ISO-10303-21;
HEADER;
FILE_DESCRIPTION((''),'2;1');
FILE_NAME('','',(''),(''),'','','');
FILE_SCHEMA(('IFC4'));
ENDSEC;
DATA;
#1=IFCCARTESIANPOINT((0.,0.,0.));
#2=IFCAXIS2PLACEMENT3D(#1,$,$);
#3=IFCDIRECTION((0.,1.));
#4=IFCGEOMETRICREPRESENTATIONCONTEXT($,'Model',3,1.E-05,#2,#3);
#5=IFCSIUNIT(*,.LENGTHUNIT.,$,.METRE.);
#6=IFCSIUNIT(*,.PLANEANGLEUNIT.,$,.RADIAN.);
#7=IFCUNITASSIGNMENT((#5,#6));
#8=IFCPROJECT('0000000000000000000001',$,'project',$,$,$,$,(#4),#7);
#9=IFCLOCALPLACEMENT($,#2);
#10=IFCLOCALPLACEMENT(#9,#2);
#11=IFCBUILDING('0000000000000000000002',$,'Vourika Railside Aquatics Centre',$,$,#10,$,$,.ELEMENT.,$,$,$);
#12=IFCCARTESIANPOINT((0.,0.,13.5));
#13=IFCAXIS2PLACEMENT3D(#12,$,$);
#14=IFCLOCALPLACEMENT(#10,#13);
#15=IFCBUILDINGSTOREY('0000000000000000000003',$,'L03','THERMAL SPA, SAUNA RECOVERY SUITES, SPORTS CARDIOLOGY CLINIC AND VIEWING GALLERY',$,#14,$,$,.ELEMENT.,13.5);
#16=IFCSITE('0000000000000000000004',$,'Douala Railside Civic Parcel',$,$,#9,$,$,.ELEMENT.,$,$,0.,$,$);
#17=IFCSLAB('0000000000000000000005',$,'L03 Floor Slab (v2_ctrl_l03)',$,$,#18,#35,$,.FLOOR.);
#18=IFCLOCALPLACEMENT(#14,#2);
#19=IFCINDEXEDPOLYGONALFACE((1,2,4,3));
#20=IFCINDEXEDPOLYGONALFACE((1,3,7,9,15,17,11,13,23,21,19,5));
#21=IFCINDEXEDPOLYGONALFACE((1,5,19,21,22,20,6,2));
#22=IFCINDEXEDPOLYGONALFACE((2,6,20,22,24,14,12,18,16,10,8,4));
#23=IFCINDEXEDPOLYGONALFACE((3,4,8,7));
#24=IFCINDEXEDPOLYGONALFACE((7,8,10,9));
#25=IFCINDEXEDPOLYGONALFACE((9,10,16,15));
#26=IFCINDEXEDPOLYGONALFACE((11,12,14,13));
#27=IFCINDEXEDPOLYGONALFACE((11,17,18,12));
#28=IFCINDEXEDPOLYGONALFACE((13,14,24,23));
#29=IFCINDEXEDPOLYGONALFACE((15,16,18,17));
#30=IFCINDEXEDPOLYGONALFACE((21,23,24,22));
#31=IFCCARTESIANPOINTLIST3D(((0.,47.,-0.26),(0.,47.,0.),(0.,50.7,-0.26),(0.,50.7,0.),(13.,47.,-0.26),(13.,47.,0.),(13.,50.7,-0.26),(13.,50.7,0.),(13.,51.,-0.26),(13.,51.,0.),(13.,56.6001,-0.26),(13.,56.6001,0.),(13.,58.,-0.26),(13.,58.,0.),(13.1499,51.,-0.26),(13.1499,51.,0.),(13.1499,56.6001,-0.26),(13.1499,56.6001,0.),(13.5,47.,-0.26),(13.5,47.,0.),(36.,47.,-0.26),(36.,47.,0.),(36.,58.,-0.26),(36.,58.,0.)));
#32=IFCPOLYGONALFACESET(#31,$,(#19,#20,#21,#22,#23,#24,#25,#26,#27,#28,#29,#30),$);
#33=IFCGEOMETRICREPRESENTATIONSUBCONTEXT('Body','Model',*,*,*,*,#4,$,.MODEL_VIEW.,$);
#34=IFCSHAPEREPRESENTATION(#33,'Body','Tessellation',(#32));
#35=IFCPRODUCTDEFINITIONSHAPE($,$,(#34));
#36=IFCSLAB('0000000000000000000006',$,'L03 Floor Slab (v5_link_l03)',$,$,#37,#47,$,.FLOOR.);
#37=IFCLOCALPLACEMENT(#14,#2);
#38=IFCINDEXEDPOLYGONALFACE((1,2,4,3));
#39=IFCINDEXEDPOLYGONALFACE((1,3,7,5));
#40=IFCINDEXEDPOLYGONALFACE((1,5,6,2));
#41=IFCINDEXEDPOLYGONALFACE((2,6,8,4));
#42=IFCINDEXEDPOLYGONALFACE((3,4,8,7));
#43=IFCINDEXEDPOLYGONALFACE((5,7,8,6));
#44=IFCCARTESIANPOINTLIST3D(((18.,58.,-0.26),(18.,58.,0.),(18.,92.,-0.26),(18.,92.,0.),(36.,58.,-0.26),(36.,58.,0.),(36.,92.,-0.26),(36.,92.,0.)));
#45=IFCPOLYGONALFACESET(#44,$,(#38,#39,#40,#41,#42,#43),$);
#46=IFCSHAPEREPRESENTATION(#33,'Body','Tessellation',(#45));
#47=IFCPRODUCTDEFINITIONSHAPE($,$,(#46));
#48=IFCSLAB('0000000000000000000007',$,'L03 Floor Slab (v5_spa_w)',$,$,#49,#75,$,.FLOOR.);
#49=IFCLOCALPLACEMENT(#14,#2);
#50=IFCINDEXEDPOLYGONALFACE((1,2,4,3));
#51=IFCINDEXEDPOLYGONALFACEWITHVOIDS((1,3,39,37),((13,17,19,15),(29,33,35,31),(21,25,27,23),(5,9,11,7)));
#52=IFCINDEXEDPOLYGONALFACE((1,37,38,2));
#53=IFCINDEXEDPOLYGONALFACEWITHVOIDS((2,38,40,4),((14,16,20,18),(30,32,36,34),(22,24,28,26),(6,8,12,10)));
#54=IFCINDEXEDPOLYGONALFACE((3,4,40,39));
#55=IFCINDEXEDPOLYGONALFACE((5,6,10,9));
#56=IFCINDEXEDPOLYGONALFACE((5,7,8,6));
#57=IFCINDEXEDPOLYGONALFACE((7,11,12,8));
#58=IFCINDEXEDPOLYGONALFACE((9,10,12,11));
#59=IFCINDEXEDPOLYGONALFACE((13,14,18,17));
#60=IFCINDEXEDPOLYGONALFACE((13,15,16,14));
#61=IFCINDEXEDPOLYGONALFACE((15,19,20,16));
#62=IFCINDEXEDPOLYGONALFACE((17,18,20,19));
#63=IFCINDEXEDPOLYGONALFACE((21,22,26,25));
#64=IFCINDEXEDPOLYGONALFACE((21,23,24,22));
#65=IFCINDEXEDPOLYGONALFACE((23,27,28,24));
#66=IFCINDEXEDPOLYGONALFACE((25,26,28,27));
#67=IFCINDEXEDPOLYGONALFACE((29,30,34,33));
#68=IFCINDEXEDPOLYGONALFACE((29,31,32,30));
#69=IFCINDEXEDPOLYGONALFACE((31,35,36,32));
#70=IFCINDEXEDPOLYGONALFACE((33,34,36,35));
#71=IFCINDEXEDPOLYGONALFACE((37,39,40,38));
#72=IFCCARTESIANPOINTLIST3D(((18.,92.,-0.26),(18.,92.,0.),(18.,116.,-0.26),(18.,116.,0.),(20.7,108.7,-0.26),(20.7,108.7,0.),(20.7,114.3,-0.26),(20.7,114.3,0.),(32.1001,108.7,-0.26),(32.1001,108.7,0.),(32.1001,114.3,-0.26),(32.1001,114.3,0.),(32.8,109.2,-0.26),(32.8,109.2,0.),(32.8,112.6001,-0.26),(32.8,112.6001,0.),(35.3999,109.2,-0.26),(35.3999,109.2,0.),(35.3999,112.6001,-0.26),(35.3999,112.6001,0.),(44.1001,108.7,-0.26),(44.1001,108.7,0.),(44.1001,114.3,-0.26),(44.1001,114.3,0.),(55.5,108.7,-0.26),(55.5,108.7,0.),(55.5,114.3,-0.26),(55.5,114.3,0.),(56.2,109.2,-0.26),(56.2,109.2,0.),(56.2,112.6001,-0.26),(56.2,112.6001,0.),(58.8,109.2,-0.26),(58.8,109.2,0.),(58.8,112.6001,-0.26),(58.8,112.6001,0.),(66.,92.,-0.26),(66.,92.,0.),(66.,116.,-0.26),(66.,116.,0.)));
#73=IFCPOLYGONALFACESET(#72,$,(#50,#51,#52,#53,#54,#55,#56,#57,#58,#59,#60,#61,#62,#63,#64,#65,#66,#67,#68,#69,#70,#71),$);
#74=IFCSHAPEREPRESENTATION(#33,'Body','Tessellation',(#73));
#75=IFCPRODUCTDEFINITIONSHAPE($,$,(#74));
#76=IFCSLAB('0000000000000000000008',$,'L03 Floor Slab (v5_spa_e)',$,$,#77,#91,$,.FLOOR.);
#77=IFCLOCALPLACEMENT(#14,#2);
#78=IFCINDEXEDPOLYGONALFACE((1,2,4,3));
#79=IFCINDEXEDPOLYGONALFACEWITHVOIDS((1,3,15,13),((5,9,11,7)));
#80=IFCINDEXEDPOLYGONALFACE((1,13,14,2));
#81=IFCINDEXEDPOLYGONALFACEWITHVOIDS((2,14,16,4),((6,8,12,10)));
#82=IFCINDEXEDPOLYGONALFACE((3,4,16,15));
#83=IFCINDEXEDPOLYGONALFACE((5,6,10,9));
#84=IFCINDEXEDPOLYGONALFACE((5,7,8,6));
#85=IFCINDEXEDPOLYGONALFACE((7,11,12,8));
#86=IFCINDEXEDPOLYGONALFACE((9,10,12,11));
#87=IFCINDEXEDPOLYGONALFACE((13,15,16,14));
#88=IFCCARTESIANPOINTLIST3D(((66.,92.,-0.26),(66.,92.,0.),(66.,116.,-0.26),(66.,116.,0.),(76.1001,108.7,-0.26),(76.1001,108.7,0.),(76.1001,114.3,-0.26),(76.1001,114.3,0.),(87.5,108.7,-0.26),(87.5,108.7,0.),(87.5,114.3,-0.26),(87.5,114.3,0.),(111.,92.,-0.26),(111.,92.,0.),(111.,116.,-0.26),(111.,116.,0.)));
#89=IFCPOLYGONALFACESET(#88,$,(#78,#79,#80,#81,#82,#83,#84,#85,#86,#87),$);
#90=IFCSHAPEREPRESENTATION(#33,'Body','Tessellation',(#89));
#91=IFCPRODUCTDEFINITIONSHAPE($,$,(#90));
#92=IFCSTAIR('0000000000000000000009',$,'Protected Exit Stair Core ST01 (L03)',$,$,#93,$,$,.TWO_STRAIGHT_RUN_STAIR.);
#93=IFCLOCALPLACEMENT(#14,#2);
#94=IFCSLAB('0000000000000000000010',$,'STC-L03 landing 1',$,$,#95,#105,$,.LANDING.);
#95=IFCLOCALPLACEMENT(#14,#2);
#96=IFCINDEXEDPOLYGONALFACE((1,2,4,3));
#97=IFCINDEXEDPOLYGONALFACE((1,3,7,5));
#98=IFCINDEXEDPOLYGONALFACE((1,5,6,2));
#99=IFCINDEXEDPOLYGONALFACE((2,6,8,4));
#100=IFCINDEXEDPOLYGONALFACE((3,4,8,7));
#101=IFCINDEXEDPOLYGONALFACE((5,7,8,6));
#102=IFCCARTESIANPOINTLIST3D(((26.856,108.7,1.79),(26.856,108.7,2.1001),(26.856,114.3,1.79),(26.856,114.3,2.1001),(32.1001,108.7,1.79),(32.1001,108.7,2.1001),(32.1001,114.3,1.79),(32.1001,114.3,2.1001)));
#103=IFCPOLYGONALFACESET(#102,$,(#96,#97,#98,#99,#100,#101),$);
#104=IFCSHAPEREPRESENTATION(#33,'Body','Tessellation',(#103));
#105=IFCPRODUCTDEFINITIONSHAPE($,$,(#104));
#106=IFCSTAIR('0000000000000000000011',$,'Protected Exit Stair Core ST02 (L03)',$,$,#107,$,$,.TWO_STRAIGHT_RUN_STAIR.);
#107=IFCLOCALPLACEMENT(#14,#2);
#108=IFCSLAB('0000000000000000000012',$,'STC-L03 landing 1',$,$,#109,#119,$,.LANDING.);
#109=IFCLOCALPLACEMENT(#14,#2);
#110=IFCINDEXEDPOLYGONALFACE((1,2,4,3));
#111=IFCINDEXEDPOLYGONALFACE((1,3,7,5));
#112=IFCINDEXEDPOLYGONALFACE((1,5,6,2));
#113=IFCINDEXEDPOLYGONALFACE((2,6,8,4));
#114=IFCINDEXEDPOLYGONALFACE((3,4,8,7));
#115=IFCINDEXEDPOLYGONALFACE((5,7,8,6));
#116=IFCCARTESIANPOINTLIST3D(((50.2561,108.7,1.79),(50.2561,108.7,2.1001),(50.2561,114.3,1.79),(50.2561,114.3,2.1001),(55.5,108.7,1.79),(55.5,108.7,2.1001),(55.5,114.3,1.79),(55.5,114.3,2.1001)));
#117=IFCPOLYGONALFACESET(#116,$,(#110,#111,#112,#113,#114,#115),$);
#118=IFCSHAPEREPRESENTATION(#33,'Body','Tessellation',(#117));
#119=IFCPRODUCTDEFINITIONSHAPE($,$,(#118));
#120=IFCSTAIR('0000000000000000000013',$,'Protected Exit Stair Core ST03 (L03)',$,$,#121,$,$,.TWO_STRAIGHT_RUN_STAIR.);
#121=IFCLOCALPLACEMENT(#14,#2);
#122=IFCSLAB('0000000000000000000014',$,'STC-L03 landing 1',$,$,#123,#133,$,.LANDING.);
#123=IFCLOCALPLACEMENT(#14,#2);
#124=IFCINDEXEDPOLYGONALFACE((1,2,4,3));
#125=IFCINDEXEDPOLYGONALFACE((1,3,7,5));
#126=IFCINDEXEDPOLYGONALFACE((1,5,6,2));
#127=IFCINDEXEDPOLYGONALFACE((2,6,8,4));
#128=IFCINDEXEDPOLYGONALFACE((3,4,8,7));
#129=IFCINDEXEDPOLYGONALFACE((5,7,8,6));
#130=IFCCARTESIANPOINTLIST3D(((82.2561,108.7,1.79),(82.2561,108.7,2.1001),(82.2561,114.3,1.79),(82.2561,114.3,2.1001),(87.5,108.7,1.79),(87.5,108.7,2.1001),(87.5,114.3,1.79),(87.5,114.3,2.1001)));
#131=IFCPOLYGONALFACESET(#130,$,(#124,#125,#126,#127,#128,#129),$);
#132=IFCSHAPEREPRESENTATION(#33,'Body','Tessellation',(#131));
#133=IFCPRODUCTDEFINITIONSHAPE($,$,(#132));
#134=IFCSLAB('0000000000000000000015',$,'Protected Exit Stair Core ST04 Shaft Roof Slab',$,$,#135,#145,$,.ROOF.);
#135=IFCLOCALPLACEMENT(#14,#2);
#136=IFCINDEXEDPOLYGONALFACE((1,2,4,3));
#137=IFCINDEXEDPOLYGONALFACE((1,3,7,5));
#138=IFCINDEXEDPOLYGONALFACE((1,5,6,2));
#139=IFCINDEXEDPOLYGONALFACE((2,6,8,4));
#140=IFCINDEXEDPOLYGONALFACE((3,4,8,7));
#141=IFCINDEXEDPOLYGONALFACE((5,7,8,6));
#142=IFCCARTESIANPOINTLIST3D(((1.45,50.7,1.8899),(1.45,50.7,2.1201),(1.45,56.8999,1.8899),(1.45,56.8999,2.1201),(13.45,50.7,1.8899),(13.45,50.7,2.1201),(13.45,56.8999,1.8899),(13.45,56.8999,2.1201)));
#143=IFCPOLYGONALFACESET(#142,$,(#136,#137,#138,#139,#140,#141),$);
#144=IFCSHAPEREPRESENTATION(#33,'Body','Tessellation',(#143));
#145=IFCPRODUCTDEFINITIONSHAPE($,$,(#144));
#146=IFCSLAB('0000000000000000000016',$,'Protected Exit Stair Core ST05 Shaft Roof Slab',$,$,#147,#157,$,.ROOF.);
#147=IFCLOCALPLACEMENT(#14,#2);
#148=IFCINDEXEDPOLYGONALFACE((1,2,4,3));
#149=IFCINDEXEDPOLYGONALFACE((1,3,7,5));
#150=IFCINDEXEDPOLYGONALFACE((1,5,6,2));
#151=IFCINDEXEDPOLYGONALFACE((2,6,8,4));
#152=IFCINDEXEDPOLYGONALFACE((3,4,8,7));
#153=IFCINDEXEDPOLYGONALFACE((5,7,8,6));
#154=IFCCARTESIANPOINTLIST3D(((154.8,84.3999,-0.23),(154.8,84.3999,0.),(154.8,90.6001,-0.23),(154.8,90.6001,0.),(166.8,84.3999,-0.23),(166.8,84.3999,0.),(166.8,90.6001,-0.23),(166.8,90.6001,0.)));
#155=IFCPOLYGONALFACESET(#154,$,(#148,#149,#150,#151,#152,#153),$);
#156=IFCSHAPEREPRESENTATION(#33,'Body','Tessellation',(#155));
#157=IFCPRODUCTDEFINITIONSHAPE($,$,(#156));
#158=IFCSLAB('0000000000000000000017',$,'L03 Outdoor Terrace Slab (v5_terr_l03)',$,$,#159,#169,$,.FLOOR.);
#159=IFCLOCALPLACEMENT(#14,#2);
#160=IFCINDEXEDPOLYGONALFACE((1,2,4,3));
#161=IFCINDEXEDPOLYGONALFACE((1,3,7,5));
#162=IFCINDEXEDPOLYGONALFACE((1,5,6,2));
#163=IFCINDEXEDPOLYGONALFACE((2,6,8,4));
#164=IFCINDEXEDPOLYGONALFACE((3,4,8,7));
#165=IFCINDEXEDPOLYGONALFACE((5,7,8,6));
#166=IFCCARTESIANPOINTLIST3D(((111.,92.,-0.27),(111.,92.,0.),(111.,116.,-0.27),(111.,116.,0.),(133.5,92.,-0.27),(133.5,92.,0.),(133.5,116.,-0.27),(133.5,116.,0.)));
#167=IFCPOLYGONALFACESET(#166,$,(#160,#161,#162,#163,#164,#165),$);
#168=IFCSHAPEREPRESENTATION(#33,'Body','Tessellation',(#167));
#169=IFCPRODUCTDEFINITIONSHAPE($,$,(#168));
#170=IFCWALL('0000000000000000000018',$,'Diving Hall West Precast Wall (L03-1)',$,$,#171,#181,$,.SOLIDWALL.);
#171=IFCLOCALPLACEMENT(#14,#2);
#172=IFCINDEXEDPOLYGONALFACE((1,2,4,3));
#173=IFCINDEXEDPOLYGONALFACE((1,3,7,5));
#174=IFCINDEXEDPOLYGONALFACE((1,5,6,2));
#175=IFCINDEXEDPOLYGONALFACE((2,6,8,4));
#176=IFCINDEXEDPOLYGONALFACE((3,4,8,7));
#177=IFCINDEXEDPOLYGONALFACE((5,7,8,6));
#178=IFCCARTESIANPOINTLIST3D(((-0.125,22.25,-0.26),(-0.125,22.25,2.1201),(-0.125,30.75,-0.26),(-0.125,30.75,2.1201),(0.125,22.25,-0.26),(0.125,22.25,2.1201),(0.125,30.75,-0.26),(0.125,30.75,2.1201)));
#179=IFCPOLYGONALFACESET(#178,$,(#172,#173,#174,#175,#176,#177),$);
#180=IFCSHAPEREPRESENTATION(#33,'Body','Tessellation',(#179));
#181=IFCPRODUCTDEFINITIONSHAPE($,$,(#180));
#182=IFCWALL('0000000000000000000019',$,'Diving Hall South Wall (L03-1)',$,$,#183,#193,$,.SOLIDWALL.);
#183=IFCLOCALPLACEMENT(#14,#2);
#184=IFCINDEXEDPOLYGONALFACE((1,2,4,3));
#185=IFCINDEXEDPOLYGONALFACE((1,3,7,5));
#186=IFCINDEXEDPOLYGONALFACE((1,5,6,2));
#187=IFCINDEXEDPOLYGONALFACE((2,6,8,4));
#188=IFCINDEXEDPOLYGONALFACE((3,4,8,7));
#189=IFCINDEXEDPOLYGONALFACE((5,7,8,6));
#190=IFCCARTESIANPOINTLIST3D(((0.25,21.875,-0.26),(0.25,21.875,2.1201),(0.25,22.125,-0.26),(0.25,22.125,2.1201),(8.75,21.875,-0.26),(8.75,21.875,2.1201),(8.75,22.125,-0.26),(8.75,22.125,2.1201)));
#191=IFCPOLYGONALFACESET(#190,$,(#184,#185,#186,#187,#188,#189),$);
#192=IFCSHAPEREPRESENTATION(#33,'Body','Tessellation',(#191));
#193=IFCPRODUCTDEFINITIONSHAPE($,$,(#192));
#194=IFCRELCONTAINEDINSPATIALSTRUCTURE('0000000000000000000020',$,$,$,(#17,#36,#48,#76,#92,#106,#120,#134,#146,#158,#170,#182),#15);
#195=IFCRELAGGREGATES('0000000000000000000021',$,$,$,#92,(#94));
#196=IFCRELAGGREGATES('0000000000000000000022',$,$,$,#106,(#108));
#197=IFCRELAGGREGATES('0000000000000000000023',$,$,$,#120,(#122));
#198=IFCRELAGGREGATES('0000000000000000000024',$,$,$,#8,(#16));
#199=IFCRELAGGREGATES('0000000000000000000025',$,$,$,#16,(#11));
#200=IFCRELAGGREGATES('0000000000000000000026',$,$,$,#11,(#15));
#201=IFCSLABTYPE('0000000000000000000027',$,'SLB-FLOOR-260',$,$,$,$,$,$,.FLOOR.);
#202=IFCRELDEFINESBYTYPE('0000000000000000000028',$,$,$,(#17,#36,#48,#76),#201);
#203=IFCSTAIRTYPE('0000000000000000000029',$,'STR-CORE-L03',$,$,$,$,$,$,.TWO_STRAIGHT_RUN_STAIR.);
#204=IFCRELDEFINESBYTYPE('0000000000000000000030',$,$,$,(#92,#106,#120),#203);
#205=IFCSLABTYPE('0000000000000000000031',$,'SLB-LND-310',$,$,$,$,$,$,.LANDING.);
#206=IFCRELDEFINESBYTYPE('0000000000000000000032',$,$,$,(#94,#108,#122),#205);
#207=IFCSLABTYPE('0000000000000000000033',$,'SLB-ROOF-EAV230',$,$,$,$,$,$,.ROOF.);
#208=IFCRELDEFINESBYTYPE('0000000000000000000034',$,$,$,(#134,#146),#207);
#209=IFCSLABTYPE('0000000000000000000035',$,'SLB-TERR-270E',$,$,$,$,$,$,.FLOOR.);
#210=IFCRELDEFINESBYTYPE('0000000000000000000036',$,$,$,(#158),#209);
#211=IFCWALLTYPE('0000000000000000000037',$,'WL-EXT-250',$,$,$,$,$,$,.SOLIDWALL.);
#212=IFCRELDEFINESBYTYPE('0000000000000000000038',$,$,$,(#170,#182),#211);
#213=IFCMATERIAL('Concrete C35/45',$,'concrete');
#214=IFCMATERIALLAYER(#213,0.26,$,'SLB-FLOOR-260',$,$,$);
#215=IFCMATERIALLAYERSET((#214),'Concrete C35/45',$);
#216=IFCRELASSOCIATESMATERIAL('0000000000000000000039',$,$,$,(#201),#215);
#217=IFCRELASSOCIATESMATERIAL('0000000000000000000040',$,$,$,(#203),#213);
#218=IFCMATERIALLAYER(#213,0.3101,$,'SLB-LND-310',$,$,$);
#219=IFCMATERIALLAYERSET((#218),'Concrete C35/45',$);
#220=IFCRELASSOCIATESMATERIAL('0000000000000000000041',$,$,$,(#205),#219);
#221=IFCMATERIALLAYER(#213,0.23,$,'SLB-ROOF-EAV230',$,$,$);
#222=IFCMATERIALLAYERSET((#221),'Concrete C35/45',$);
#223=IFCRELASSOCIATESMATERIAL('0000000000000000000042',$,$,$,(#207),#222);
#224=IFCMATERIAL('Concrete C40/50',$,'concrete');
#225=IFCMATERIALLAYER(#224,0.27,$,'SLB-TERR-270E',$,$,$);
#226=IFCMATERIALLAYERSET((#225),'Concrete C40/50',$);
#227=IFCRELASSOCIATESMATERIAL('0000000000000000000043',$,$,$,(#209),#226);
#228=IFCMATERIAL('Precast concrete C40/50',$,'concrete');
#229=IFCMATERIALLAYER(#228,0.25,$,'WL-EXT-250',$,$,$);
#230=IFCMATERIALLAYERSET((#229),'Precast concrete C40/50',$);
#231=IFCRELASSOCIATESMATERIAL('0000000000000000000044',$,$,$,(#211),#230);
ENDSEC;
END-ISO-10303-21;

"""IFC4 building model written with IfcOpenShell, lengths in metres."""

from ifc_helpers import new_model, si_unit, direction, frame, frame_2d, origin, place, context, subcontext, project, spatial, polyline, rectangle, outline, extrude, material, layer, layer_set, type_object, element, aggregate, save


model = new_model("IFC4")

# Units and contexts
model_context = context("Model", 3, precision=1e-05, world=origin(), true_north=direction((0.0, 1.0)))
body_context = subcontext(model_context, "Body", "Model", "MODEL_VIEW")
ifc_project = project(units=[si_unit("LENGTHUNIT", "METRE"), si_unit("PLANEANGLEUNIT", "RADIAN")], contexts=[model_context])

# Site, building, storey
site_placement = place(None, origin())
site = spatial("IfcSite", under=ifc_project, at=site_placement, Name="Douala Railside Civic Parcel", CompositionType="ELEMENT", RefElevation=0.0)
building_placement = place(site_placement, origin())
building = spatial("IfcBuilding", under=site, at=building_placement, Name="Vourika Railside Aquatics Centre", CompositionType="ELEMENT")
storey_placement = place(building_placement, frame((0.0, 0.0, 13.5)))
storey = spatial("IfcBuildingStorey", under=building, at=storey_placement, Name="L03", Description="THERMAL SPA, SAUNA RECOVERY SUITES, SPORTS CARDIOLOGY CLINIC AND VIEWING GALLERY", CompositionType="ELEMENT", Elevation=13.5)

# Shared definitions
ifc_material_1 = material(Name="Concrete C35/45", Category="concrete")

# Slabs
ifc_layer_1 = layer(ifc_material_1, 0.26, Name="SLB-FLOOR-260")
ifc_layer_set_1 = layer_set([ifc_layer_1], Name="Concrete C35/45")
slab_type_1 = type_object("IfcSlabType", Name="SLB-FLOOR-260", PredefinedType="FLOOR", material=ifc_layer_set_1)
slab_1_placement = place(storey_placement, frame((0.0, 0.0, -0.26)))
element("IfcSlab", 1, at=slab_1_placement, inside=storey, type_object=slab_type_1, Name="L03 Floor Slab (v2_ctrl_l03)", PredefinedType="FLOOR", context=body_context, shape_type="SweptSolid", body=[
    extrude(outline(polyline([(0.0, 50.7), (13.0, 50.7), (13.0, 51.0), (13.1499, 51.0), (13.1499, 56.6001), (13.0, 56.6001), (13.0, 58.0), (36.0, 58.0), (36.0, 47.0), (13.5, 47.0), (13.0, 47.0), (0.0, 47.0), (0.0, 50.7)])), origin(), (0.0, 0.0, 1.0), 0.26),
])
slab_2_placement = place(storey_placement, frame((0.0, 0.0, -0.26)))
element("IfcSlab", 2, at=slab_2_placement, inside=storey, type_object=slab_type_1, Name="L03 Floor Slab (v5_link_l03)", PredefinedType="FLOOR", context=body_context, shape_type="SweptSolid", body=[
    extrude(outline(polyline([(18.0, 58.0), (18.0, 92.0), (36.0, 92.0), (36.0, 58.0), (18.0, 58.0)])), origin(), (0.0, 0.0, 1.0), 0.26),
])
slab_3_placement = place(storey_placement, frame((0.0, 0.0, -0.26)))
element("IfcSlab", 3, at=slab_3_placement, inside=storey, type_object=slab_type_1, Name="L03 Floor Slab (v5_spa_w)", PredefinedType="FLOOR", context=body_context, shape_type="SweptSolid", body=[
    extrude(outline(polyline([(18.0, 92.0), (18.0, 116.0), (66.0, 116.0), (66.0, 92.0), (18.0, 92.0)]), holes=[polyline([(32.8, 112.6001), (32.8, 109.2), (35.3999, 109.2), (35.3999, 112.6001), (32.8, 112.6001)]), polyline([(56.2, 112.6001), (56.2, 109.2), (58.8, 109.2), (58.8, 112.6001), (56.2, 112.6001)]), polyline([(20.7, 108.7), (32.1001, 108.7), (32.1001, 114.3), (20.7, 114.3), (20.7, 108.7)]), polyline([(44.1001, 114.3), (44.1001, 108.7), (55.5, 108.7), (55.5, 114.3), (44.1001, 114.3)])]), origin(), (0.0, 0.0, 1.0), 0.26),
])
slab_4_placement = place(storey_placement, frame((0.0, 0.0, -0.26)))
element("IfcSlab", 4, at=slab_4_placement, inside=storey, type_object=slab_type_1, Name="L03 Floor Slab (v5_spa_e)", PredefinedType="FLOOR", context=body_context, shape_type="SweptSolid", body=[
    extrude(outline(polyline([(66.0, 92.0), (66.0, 116.0), (111.0, 116.0), (111.0, 92.0), (66.0, 92.0)]), holes=[polyline([(76.1001, 114.3), (76.1001, 108.7), (87.5, 108.7), (87.5, 114.3), (76.1001, 114.3)])]), origin(), (0.0, 0.0, 1.0), 0.26),
])

# Stairs, slabs
stair_type = type_object("IfcStairType", Name="STR-CORE-L03", PredefinedType="TWO_STRAIGHT_RUN_STAIR", material=ifc_material_1)
stair_1_placement = place(storey_placement, origin())
stair_1 = element("IfcStair", 5, at=stair_1_placement, inside=storey, type_object=stair_type, Name="Protected Exit Stair Core ST01 (L03)", PredefinedType="TWO_STRAIGHT_RUN_STAIR")
ifc_layer_2 = layer(ifc_material_1, 0.3101, Name="SLB-LND-310")
ifc_layer_set_2 = layer_set([ifc_layer_2], Name="Concrete C35/45")
slab_type_2 = type_object("IfcSlabType", Name="SLB-LND-310", PredefinedType="LANDING", material=ifc_layer_set_2)
slab_5_placement = place(storey_placement, frame((0.0, 0.0, 1.79)))
slab_5 = element("IfcSlab", 6, at=slab_5_placement, type_object=slab_type_2, Name="STC-L03 landing 1", PredefinedType="LANDING", context=body_context, shape_type="SweptSolid", body=[
    extrude(outline(polyline([(26.856, 108.7), (32.1001, 108.7), (32.1001, 114.3), (26.856, 114.3), (26.856, 108.7)])), origin(), (0.0, 0.0, 1.0), 0.3101),
])
aggregate(stair_1, [slab_5])
stair_2_placement = place(storey_placement, origin())
stair_2 = element("IfcStair", 7, at=stair_2_placement, inside=storey, type_object=stair_type, Name="Protected Exit Stair Core ST02 (L03)", PredefinedType="TWO_STRAIGHT_RUN_STAIR")
slab_6_placement = place(storey_placement, frame((0.0, 0.0, 1.79)))
slab_6 = element("IfcSlab", 8, at=slab_6_placement, type_object=slab_type_2, Name="STC-L03 landing 1", PredefinedType="LANDING", context=body_context, shape_type="SweptSolid", body=[
    extrude(outline(polyline([(50.2561, 108.7), (55.5, 108.7), (55.5, 114.3), (50.2561, 114.3), (50.2561, 108.7)])), origin(), (0.0, 0.0, 1.0), 0.3101),
])
aggregate(stair_2, [slab_6])
stair_3_placement = place(storey_placement, origin())
stair_3 = element("IfcStair", 9, at=stair_3_placement, inside=storey, type_object=stair_type, Name="Protected Exit Stair Core ST03 (L03)", PredefinedType="TWO_STRAIGHT_RUN_STAIR")
slab_7_placement = place(storey_placement, frame((0.0, 0.0, 1.79)))
slab_7 = element("IfcSlab", 10, at=slab_7_placement, type_object=slab_type_2, Name="STC-L03 landing 1", PredefinedType="LANDING", context=body_context, shape_type="SweptSolid", body=[
    extrude(outline(polyline([(82.2561, 108.7), (87.5, 108.7), (87.5, 114.3), (82.2561, 114.3), (82.2561, 108.7)])), origin(), (0.0, 0.0, 1.0), 0.3101),
])
aggregate(stair_3, [slab_7])

# Slabs
ifc_layer_3 = layer(ifc_material_1, 0.23, Name="SLB-ROOF-EAV230")
ifc_layer_set_3 = layer_set([ifc_layer_3], Name="Concrete C35/45")
slab_type_3 = type_object("IfcSlabType", Name="SLB-ROOF-EAV230", PredefinedType="ROOF", material=ifc_layer_set_3)
slab_8_placement = place(storey_placement, frame((0.0, 0.0, 1.8899)))
element("IfcSlab", 11, at=slab_8_placement, inside=storey, type_object=slab_type_3, Name="Protected Exit Stair Core ST04 Shaft Roof Slab", PredefinedType="ROOF", context=body_context, shape_type="SweptSolid", body=[
    extrude(outline(polyline([(1.45, 50.7), (13.45, 50.7), (13.45, 56.8999), (1.45, 56.8999), (1.45, 50.7)])), origin(), (0.0, 0.0, 1.0), 0.2302),
])
slab_9_placement = place(storey_placement, frame((0.0, 0.0, -0.23)))
element("IfcSlab", 12, at=slab_9_placement, inside=storey, type_object=slab_type_3, Name="Protected Exit Stair Core ST05 Shaft Roof Slab", PredefinedType="ROOF", context=body_context, shape_type="SweptSolid", body=[
    extrude(outline(polyline([(154.8, 84.3999), (166.8, 84.3999), (166.8, 90.6001), (154.8, 90.6001), (154.8, 84.3999)])), origin(), (0.0, 0.0, 1.0), 0.23),
])
ifc_material_2 = material(Name="Concrete C40/50", Category="concrete")
ifc_layer_4 = layer(ifc_material_2, 0.27, Name="SLB-TERR-270E")
ifc_layer_set_4 = layer_set([ifc_layer_4], Name="Concrete C40/50")
slab_type_4 = type_object("IfcSlabType", Name="SLB-TERR-270E", PredefinedType="FLOOR", material=ifc_layer_set_4)
slab_10_placement = place(storey_placement, frame((0.0, 0.0, -0.27)))
element("IfcSlab", 13, at=slab_10_placement, inside=storey, type_object=slab_type_4, Name="L03 Outdoor Terrace Slab (v5_terr_l03)", PredefinedType="FLOOR", context=body_context, shape_type="SweptSolid", body=[
    extrude(outline(polyline([(133.5, 92.0), (133.5, 116.0), (111.0, 116.0), (111.0, 92.0), (133.5, 92.0)])), origin(), (0.0, 0.0, 1.0), 0.27),
])

# Walls
ifc_material_3 = material(Name="Precast concrete C40/50", Category="concrete")
ifc_layer_5 = layer(ifc_material_3, 0.25, Name="WL-EXT-250")
ifc_layer_set_5 = layer_set([ifc_layer_5], Name="Precast concrete C40/50")
wall_type = type_object("IfcWallType", Name="WL-EXT-250", PredefinedType="SOLIDWALL", material=ifc_layer_set_5)
for number, where, z_axis, x_axis, name in (
    (14, (0.0, 30.75, -0.26), (0.0, 0.0, 1.0), (0.0, -1.0, 0.0), "Diving Hall West Precast Wall (L03-1)"),
    (15, (0.25, 22.0, -0.26), (0.0, 0.0, 1.0), (1.0, 0.0, 0.0), "Diving Hall South Wall (L03-1)"),
):
    element("IfcWall", number, at=place(storey_placement, frame(where, z_axis=z_axis, x_axis=x_axis)), inside=storey, type_object=wall_type, Name=name, PredefinedType="SOLIDWALL", context=body_context, shape_type="SweptSolid", body=[
        extrude(rectangle(XDim=8.5, YDim=0.25, at=frame_2d((4.25, 0.0))), origin(), (0.0, 0.0, 1.0), 2.3801),
    ])

save(model, "model.ifc")
